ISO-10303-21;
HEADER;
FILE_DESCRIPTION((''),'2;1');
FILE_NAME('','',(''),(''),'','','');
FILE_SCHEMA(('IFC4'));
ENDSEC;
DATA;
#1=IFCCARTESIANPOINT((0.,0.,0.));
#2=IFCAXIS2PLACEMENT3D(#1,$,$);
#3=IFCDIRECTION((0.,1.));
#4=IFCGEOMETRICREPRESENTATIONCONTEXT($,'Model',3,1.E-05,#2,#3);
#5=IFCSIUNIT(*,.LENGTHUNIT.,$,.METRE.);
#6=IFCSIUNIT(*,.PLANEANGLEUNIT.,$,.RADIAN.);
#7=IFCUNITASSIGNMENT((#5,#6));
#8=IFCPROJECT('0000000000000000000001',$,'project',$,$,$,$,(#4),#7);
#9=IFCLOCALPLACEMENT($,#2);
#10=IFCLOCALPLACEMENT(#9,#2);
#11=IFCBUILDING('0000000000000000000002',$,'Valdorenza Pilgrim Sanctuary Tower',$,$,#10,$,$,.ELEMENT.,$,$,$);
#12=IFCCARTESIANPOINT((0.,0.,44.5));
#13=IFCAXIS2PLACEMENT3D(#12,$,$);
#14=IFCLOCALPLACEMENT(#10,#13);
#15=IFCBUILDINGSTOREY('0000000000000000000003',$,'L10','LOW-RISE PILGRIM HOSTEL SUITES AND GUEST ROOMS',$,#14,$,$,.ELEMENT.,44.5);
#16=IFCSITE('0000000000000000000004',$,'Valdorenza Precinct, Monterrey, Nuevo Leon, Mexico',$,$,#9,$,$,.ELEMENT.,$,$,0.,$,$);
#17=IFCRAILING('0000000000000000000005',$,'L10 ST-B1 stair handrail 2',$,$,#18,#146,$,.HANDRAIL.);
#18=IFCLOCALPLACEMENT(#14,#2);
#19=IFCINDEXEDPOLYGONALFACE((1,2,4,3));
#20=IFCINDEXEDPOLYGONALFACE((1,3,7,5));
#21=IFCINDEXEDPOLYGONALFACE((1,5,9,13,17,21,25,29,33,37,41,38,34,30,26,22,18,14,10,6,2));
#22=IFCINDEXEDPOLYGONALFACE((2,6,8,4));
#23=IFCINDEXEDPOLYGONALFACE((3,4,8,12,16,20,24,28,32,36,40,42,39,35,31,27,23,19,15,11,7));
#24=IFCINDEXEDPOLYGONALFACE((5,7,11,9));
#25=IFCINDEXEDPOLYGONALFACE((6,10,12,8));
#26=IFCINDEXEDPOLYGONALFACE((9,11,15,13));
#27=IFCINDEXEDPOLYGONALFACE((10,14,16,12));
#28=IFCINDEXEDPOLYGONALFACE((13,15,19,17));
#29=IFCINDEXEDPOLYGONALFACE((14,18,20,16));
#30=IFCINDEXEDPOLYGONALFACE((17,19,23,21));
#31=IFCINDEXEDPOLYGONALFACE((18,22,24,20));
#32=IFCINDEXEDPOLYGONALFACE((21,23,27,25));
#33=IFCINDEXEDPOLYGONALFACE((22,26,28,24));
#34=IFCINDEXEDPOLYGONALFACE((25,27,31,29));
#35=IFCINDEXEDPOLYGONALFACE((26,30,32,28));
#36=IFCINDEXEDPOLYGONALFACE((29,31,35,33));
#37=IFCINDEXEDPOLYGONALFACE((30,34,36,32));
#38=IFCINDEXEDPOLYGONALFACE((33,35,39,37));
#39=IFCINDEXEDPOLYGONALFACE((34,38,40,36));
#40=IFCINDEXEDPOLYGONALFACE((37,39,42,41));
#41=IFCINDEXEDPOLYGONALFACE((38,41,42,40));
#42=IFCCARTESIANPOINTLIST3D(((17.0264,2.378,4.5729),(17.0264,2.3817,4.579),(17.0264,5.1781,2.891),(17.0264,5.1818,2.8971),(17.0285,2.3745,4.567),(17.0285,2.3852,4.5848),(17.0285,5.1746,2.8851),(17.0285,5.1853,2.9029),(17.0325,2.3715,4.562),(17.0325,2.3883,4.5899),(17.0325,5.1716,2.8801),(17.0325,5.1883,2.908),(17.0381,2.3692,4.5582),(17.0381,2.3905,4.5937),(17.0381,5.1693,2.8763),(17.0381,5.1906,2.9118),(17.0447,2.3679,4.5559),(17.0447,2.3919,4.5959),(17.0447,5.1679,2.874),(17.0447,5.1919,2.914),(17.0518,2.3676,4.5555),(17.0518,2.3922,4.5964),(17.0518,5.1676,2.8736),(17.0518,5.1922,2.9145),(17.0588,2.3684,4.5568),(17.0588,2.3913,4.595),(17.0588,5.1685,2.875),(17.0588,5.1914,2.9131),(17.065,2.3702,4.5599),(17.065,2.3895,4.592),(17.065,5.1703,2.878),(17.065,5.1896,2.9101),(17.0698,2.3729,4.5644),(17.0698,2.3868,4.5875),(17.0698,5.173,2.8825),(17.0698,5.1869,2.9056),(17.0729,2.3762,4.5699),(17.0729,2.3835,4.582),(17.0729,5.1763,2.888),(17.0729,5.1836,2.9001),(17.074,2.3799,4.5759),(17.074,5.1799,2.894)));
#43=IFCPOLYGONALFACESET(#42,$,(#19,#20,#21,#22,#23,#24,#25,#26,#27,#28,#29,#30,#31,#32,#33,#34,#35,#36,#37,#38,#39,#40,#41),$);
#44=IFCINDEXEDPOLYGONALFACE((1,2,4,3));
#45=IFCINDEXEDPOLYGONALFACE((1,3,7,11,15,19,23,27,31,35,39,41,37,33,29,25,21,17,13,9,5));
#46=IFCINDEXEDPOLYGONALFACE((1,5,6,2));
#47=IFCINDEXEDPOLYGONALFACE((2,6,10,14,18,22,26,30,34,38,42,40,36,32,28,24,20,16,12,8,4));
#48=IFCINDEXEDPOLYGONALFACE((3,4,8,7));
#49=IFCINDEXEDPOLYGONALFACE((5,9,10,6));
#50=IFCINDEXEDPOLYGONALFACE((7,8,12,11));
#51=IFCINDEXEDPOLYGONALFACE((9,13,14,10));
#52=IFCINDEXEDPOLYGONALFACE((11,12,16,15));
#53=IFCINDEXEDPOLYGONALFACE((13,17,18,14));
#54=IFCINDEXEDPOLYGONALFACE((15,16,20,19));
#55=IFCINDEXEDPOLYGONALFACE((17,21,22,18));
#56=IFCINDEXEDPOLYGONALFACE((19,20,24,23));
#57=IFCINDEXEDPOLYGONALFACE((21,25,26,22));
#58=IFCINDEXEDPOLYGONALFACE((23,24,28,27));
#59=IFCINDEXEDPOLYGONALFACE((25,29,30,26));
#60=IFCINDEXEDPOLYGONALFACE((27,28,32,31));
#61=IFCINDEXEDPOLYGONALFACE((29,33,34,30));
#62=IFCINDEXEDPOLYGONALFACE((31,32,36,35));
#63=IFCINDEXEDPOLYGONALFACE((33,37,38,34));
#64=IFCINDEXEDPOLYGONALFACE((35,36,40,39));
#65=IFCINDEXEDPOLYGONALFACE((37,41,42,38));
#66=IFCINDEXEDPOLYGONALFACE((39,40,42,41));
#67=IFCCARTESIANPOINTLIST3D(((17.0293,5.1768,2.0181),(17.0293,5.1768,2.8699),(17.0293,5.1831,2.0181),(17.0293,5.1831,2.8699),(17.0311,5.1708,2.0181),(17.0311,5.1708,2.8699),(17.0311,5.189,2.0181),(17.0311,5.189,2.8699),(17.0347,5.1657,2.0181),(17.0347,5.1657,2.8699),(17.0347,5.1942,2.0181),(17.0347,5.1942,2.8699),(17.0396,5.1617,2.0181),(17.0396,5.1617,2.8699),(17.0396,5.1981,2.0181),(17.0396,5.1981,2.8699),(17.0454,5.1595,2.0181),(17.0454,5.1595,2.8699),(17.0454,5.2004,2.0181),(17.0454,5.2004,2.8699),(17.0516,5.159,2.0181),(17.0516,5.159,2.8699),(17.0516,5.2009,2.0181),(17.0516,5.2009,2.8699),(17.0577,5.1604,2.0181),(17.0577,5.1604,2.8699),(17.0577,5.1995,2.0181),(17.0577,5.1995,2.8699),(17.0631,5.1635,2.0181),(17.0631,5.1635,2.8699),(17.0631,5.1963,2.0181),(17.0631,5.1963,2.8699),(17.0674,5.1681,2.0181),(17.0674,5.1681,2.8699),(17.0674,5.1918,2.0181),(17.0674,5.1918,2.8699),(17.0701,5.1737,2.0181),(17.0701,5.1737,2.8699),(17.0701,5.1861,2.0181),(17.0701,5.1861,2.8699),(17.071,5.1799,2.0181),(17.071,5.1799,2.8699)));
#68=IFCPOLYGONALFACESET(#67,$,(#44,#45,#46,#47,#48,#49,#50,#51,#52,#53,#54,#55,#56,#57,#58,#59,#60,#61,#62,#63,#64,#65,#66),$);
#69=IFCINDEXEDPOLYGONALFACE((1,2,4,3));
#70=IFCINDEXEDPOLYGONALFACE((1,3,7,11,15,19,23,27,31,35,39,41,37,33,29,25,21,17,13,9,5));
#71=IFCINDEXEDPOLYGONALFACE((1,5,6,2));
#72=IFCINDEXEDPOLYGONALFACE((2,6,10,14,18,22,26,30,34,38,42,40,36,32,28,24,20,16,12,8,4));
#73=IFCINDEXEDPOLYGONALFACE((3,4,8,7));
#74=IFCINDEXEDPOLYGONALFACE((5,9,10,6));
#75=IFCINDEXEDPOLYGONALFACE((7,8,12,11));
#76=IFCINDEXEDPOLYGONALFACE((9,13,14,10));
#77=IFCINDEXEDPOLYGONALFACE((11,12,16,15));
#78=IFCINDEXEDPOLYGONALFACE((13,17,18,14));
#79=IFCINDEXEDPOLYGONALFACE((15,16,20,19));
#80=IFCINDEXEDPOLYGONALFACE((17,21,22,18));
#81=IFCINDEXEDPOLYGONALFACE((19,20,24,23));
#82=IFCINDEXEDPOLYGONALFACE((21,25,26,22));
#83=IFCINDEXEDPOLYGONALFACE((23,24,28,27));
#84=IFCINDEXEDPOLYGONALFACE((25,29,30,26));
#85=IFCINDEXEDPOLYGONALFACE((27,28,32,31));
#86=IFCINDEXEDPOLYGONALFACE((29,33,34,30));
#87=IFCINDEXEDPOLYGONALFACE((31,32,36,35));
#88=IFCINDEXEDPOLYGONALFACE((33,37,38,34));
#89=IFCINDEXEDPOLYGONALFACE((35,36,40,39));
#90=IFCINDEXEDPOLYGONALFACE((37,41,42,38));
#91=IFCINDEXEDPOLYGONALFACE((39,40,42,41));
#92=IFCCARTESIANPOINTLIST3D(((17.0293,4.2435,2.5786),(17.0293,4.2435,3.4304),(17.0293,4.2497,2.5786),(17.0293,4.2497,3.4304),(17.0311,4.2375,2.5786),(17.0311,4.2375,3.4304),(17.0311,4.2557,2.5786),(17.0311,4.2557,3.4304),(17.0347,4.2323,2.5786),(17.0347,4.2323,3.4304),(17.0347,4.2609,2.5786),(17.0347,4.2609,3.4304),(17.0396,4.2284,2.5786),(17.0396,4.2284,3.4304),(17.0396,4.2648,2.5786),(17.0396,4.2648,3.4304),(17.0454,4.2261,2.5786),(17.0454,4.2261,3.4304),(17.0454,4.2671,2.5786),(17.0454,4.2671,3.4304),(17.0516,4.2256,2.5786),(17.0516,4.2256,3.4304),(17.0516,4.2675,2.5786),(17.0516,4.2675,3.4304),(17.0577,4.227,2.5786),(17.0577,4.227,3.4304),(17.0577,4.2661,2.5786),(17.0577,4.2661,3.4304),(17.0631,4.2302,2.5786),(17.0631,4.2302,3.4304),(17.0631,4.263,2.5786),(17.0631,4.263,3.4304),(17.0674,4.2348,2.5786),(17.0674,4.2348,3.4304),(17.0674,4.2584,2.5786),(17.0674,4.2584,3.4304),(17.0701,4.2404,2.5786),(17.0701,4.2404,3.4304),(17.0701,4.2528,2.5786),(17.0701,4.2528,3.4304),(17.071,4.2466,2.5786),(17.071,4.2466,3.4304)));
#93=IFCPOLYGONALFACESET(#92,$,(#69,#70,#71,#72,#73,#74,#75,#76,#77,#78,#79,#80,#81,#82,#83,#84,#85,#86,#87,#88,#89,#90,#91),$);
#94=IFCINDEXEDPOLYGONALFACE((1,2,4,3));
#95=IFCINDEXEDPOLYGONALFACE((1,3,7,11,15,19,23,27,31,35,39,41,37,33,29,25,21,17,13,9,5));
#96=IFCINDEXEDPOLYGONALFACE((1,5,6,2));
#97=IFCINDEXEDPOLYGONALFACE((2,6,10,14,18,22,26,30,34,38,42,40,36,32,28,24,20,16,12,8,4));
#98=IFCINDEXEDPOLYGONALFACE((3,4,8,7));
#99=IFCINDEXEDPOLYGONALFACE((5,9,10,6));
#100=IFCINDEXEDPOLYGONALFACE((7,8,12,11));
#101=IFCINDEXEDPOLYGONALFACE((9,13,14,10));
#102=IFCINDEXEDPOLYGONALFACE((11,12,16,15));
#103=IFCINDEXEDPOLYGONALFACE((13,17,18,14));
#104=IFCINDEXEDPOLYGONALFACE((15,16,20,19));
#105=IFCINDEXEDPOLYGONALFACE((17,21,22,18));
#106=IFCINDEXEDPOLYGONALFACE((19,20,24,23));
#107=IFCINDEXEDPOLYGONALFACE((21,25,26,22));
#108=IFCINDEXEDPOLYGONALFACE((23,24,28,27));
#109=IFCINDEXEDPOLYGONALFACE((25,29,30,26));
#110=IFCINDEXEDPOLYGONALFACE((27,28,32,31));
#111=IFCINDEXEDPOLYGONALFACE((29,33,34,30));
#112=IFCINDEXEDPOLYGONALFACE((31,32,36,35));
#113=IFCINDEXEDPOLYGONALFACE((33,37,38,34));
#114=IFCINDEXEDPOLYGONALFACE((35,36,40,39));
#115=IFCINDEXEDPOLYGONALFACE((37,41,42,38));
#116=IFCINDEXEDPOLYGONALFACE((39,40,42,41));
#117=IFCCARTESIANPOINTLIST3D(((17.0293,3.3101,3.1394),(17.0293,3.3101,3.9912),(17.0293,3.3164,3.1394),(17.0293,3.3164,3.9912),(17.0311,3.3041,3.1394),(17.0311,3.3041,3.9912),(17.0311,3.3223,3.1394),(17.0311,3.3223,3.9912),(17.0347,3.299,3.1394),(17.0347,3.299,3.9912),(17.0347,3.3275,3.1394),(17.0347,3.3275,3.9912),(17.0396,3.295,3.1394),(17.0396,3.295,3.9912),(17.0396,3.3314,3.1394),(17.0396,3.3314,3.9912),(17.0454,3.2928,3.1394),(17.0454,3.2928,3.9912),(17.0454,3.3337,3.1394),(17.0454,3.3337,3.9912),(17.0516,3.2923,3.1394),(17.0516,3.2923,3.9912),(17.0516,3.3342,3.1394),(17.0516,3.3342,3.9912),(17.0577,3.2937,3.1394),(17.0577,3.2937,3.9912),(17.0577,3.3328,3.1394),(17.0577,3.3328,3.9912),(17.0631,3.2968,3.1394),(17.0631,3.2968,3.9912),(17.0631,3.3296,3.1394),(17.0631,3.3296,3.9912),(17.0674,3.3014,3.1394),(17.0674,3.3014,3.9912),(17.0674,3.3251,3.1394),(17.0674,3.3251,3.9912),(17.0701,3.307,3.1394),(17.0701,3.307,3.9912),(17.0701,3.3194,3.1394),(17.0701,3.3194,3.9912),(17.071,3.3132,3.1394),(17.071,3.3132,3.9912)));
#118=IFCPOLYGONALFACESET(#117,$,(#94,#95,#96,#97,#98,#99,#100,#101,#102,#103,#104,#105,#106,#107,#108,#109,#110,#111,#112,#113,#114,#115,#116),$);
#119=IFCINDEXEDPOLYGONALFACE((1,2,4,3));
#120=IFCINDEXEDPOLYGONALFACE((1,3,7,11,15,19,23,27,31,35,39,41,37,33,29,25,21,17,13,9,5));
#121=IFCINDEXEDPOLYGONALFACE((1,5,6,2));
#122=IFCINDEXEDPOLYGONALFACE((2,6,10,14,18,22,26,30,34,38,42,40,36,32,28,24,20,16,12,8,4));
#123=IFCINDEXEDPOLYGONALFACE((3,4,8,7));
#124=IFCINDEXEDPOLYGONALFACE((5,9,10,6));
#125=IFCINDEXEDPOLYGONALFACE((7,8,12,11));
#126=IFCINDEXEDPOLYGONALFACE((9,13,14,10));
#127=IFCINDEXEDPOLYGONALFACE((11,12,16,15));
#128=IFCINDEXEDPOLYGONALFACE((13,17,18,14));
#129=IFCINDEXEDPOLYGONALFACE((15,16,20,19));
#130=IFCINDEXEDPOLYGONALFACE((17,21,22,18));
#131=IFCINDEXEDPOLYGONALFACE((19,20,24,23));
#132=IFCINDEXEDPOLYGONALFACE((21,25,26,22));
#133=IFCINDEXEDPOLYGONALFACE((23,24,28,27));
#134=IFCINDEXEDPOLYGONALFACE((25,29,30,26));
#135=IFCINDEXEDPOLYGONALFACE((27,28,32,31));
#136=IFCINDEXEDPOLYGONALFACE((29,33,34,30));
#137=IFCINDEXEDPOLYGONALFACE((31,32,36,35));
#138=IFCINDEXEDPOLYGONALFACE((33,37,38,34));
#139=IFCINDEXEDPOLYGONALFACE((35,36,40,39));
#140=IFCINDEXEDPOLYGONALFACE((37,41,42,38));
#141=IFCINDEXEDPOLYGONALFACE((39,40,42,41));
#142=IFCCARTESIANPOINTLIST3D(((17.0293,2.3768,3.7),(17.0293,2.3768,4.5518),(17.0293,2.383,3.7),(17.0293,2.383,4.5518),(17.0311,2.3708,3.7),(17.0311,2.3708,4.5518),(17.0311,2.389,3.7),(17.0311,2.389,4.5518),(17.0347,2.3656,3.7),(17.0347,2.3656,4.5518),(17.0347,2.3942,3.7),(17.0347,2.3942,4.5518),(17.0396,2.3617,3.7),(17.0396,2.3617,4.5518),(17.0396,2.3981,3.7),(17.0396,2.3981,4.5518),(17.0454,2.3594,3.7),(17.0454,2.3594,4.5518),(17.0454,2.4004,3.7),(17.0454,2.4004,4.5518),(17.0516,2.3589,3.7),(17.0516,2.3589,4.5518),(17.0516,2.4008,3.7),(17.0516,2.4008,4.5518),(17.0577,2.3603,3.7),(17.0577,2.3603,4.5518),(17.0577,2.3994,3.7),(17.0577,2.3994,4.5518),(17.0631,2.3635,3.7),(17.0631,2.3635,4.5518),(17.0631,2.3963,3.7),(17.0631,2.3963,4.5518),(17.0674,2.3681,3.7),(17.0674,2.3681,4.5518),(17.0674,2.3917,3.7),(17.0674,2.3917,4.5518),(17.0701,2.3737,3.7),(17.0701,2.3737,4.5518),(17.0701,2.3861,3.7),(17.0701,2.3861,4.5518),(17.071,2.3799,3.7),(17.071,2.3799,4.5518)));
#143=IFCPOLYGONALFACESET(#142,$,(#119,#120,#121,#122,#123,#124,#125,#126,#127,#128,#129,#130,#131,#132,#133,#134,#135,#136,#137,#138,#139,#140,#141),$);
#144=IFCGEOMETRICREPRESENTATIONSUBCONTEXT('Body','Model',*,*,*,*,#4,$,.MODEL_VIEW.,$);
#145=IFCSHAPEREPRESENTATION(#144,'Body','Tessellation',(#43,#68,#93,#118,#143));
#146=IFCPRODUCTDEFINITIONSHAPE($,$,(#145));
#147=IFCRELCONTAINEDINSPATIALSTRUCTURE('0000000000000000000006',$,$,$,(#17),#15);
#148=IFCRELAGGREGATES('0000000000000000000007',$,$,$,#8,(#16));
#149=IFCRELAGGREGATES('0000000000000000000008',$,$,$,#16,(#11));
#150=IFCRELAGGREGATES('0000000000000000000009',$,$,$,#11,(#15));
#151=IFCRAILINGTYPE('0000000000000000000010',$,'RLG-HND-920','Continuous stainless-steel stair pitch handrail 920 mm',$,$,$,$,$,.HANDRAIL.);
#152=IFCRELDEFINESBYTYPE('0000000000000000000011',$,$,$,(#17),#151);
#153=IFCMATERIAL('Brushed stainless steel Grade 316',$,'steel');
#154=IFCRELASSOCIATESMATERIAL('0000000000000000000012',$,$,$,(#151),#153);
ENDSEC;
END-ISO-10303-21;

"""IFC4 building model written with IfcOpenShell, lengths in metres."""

from ifc_helpers import new_model, si_unit, direction, frame, origin, origin_2d, place, context, subcontext, project, spatial, circle, extrude, material, type_object, element, save


model = new_model("IFC4")

# Units and contexts
model_context = context("Model", 3, precision=1e-05, world=origin(), true_north=direction((0.0, 1.0)))
body_context = subcontext(model_context, "Body", "Model", "MODEL_VIEW")
ifc_project = project(units=[si_unit("LENGTHUNIT", "METRE"), si_unit("PLANEANGLEUNIT", "RADIAN")], contexts=[model_context])

# Site, building, storey
site_placement = place(None, origin())
site = spatial("IfcSite", under=ifc_project, at=site_placement, Name="Valdorenza Precinct, Monterrey, Nuevo Leon, Mexico", CompositionType="ELEMENT", RefElevation=0.0)
building_placement = place(site_placement, origin())
building = spatial("IfcBuilding", under=site, at=building_placement, Name="Valdorenza Pilgrim Sanctuary Tower", CompositionType="ELEMENT")
storey_placement = place(building_placement, frame((0.0, 0.0, 44.5)))
storey = spatial("IfcBuildingStorey", under=building, at=storey_placement, Name="L10", Description="LOW-RISE PILGRIM HOSTEL SUITES AND GUEST ROOMS", CompositionType="ELEMENT", Elevation=44.5)

# Railing
ifc_material_1 = material(Name="Brushed stainless steel Grade 316", Category="steel")
railing_type_1 = type_object("IfcRailingType", Name="RLG-HND-920", Description="Continuous stainless-steel stair pitch handrail 920 mm", PredefinedType="HANDRAIL", material=ifc_material_1)
railing_1_placement = place(storey_placement, frame((17.05, 5.1799, 2.0181)))
element("IfcRailing", 1, at=railing_1_placement, inside=storey, type_object=railing_type_1, Name="L10 ST-B1 stair handrail 2", PredefinedType="HANDRAIL", context=body_context, shape_type="SweptSolid", body=[
    extrude(circle(Radius=0.0239, at=origin_2d()), frame((0.0, 0.0, 0.876), z_axis=(0.0, -0.857242, 0.514913), x_axis=(1.0, 0.0, 0.0)), (0.0, 0.0, 1.0), 3.2664),
    extrude(circle(Radius=0.021, at=origin_2d()), origin(), (0.0, 0.0, 1.0), 0.8518),
    extrude(circle(Radius=0.021, at=origin_2d()), frame((0.0, -0.9333, 0.5605)), (0.0, 0.0, 1.0), 0.8518),
    extrude(circle(Radius=0.021, at=origin_2d()), frame((0.0, -1.8667, 1.1213)), (0.0, 0.0, 1.0), 0.8518),
    extrude(circle(Radius=0.021, at=origin_2d()), frame((0.0, -2.8, 1.6819)), (0.0, 0.0, 1.0), 0.8518),
])

save(model, "model.ifc")
